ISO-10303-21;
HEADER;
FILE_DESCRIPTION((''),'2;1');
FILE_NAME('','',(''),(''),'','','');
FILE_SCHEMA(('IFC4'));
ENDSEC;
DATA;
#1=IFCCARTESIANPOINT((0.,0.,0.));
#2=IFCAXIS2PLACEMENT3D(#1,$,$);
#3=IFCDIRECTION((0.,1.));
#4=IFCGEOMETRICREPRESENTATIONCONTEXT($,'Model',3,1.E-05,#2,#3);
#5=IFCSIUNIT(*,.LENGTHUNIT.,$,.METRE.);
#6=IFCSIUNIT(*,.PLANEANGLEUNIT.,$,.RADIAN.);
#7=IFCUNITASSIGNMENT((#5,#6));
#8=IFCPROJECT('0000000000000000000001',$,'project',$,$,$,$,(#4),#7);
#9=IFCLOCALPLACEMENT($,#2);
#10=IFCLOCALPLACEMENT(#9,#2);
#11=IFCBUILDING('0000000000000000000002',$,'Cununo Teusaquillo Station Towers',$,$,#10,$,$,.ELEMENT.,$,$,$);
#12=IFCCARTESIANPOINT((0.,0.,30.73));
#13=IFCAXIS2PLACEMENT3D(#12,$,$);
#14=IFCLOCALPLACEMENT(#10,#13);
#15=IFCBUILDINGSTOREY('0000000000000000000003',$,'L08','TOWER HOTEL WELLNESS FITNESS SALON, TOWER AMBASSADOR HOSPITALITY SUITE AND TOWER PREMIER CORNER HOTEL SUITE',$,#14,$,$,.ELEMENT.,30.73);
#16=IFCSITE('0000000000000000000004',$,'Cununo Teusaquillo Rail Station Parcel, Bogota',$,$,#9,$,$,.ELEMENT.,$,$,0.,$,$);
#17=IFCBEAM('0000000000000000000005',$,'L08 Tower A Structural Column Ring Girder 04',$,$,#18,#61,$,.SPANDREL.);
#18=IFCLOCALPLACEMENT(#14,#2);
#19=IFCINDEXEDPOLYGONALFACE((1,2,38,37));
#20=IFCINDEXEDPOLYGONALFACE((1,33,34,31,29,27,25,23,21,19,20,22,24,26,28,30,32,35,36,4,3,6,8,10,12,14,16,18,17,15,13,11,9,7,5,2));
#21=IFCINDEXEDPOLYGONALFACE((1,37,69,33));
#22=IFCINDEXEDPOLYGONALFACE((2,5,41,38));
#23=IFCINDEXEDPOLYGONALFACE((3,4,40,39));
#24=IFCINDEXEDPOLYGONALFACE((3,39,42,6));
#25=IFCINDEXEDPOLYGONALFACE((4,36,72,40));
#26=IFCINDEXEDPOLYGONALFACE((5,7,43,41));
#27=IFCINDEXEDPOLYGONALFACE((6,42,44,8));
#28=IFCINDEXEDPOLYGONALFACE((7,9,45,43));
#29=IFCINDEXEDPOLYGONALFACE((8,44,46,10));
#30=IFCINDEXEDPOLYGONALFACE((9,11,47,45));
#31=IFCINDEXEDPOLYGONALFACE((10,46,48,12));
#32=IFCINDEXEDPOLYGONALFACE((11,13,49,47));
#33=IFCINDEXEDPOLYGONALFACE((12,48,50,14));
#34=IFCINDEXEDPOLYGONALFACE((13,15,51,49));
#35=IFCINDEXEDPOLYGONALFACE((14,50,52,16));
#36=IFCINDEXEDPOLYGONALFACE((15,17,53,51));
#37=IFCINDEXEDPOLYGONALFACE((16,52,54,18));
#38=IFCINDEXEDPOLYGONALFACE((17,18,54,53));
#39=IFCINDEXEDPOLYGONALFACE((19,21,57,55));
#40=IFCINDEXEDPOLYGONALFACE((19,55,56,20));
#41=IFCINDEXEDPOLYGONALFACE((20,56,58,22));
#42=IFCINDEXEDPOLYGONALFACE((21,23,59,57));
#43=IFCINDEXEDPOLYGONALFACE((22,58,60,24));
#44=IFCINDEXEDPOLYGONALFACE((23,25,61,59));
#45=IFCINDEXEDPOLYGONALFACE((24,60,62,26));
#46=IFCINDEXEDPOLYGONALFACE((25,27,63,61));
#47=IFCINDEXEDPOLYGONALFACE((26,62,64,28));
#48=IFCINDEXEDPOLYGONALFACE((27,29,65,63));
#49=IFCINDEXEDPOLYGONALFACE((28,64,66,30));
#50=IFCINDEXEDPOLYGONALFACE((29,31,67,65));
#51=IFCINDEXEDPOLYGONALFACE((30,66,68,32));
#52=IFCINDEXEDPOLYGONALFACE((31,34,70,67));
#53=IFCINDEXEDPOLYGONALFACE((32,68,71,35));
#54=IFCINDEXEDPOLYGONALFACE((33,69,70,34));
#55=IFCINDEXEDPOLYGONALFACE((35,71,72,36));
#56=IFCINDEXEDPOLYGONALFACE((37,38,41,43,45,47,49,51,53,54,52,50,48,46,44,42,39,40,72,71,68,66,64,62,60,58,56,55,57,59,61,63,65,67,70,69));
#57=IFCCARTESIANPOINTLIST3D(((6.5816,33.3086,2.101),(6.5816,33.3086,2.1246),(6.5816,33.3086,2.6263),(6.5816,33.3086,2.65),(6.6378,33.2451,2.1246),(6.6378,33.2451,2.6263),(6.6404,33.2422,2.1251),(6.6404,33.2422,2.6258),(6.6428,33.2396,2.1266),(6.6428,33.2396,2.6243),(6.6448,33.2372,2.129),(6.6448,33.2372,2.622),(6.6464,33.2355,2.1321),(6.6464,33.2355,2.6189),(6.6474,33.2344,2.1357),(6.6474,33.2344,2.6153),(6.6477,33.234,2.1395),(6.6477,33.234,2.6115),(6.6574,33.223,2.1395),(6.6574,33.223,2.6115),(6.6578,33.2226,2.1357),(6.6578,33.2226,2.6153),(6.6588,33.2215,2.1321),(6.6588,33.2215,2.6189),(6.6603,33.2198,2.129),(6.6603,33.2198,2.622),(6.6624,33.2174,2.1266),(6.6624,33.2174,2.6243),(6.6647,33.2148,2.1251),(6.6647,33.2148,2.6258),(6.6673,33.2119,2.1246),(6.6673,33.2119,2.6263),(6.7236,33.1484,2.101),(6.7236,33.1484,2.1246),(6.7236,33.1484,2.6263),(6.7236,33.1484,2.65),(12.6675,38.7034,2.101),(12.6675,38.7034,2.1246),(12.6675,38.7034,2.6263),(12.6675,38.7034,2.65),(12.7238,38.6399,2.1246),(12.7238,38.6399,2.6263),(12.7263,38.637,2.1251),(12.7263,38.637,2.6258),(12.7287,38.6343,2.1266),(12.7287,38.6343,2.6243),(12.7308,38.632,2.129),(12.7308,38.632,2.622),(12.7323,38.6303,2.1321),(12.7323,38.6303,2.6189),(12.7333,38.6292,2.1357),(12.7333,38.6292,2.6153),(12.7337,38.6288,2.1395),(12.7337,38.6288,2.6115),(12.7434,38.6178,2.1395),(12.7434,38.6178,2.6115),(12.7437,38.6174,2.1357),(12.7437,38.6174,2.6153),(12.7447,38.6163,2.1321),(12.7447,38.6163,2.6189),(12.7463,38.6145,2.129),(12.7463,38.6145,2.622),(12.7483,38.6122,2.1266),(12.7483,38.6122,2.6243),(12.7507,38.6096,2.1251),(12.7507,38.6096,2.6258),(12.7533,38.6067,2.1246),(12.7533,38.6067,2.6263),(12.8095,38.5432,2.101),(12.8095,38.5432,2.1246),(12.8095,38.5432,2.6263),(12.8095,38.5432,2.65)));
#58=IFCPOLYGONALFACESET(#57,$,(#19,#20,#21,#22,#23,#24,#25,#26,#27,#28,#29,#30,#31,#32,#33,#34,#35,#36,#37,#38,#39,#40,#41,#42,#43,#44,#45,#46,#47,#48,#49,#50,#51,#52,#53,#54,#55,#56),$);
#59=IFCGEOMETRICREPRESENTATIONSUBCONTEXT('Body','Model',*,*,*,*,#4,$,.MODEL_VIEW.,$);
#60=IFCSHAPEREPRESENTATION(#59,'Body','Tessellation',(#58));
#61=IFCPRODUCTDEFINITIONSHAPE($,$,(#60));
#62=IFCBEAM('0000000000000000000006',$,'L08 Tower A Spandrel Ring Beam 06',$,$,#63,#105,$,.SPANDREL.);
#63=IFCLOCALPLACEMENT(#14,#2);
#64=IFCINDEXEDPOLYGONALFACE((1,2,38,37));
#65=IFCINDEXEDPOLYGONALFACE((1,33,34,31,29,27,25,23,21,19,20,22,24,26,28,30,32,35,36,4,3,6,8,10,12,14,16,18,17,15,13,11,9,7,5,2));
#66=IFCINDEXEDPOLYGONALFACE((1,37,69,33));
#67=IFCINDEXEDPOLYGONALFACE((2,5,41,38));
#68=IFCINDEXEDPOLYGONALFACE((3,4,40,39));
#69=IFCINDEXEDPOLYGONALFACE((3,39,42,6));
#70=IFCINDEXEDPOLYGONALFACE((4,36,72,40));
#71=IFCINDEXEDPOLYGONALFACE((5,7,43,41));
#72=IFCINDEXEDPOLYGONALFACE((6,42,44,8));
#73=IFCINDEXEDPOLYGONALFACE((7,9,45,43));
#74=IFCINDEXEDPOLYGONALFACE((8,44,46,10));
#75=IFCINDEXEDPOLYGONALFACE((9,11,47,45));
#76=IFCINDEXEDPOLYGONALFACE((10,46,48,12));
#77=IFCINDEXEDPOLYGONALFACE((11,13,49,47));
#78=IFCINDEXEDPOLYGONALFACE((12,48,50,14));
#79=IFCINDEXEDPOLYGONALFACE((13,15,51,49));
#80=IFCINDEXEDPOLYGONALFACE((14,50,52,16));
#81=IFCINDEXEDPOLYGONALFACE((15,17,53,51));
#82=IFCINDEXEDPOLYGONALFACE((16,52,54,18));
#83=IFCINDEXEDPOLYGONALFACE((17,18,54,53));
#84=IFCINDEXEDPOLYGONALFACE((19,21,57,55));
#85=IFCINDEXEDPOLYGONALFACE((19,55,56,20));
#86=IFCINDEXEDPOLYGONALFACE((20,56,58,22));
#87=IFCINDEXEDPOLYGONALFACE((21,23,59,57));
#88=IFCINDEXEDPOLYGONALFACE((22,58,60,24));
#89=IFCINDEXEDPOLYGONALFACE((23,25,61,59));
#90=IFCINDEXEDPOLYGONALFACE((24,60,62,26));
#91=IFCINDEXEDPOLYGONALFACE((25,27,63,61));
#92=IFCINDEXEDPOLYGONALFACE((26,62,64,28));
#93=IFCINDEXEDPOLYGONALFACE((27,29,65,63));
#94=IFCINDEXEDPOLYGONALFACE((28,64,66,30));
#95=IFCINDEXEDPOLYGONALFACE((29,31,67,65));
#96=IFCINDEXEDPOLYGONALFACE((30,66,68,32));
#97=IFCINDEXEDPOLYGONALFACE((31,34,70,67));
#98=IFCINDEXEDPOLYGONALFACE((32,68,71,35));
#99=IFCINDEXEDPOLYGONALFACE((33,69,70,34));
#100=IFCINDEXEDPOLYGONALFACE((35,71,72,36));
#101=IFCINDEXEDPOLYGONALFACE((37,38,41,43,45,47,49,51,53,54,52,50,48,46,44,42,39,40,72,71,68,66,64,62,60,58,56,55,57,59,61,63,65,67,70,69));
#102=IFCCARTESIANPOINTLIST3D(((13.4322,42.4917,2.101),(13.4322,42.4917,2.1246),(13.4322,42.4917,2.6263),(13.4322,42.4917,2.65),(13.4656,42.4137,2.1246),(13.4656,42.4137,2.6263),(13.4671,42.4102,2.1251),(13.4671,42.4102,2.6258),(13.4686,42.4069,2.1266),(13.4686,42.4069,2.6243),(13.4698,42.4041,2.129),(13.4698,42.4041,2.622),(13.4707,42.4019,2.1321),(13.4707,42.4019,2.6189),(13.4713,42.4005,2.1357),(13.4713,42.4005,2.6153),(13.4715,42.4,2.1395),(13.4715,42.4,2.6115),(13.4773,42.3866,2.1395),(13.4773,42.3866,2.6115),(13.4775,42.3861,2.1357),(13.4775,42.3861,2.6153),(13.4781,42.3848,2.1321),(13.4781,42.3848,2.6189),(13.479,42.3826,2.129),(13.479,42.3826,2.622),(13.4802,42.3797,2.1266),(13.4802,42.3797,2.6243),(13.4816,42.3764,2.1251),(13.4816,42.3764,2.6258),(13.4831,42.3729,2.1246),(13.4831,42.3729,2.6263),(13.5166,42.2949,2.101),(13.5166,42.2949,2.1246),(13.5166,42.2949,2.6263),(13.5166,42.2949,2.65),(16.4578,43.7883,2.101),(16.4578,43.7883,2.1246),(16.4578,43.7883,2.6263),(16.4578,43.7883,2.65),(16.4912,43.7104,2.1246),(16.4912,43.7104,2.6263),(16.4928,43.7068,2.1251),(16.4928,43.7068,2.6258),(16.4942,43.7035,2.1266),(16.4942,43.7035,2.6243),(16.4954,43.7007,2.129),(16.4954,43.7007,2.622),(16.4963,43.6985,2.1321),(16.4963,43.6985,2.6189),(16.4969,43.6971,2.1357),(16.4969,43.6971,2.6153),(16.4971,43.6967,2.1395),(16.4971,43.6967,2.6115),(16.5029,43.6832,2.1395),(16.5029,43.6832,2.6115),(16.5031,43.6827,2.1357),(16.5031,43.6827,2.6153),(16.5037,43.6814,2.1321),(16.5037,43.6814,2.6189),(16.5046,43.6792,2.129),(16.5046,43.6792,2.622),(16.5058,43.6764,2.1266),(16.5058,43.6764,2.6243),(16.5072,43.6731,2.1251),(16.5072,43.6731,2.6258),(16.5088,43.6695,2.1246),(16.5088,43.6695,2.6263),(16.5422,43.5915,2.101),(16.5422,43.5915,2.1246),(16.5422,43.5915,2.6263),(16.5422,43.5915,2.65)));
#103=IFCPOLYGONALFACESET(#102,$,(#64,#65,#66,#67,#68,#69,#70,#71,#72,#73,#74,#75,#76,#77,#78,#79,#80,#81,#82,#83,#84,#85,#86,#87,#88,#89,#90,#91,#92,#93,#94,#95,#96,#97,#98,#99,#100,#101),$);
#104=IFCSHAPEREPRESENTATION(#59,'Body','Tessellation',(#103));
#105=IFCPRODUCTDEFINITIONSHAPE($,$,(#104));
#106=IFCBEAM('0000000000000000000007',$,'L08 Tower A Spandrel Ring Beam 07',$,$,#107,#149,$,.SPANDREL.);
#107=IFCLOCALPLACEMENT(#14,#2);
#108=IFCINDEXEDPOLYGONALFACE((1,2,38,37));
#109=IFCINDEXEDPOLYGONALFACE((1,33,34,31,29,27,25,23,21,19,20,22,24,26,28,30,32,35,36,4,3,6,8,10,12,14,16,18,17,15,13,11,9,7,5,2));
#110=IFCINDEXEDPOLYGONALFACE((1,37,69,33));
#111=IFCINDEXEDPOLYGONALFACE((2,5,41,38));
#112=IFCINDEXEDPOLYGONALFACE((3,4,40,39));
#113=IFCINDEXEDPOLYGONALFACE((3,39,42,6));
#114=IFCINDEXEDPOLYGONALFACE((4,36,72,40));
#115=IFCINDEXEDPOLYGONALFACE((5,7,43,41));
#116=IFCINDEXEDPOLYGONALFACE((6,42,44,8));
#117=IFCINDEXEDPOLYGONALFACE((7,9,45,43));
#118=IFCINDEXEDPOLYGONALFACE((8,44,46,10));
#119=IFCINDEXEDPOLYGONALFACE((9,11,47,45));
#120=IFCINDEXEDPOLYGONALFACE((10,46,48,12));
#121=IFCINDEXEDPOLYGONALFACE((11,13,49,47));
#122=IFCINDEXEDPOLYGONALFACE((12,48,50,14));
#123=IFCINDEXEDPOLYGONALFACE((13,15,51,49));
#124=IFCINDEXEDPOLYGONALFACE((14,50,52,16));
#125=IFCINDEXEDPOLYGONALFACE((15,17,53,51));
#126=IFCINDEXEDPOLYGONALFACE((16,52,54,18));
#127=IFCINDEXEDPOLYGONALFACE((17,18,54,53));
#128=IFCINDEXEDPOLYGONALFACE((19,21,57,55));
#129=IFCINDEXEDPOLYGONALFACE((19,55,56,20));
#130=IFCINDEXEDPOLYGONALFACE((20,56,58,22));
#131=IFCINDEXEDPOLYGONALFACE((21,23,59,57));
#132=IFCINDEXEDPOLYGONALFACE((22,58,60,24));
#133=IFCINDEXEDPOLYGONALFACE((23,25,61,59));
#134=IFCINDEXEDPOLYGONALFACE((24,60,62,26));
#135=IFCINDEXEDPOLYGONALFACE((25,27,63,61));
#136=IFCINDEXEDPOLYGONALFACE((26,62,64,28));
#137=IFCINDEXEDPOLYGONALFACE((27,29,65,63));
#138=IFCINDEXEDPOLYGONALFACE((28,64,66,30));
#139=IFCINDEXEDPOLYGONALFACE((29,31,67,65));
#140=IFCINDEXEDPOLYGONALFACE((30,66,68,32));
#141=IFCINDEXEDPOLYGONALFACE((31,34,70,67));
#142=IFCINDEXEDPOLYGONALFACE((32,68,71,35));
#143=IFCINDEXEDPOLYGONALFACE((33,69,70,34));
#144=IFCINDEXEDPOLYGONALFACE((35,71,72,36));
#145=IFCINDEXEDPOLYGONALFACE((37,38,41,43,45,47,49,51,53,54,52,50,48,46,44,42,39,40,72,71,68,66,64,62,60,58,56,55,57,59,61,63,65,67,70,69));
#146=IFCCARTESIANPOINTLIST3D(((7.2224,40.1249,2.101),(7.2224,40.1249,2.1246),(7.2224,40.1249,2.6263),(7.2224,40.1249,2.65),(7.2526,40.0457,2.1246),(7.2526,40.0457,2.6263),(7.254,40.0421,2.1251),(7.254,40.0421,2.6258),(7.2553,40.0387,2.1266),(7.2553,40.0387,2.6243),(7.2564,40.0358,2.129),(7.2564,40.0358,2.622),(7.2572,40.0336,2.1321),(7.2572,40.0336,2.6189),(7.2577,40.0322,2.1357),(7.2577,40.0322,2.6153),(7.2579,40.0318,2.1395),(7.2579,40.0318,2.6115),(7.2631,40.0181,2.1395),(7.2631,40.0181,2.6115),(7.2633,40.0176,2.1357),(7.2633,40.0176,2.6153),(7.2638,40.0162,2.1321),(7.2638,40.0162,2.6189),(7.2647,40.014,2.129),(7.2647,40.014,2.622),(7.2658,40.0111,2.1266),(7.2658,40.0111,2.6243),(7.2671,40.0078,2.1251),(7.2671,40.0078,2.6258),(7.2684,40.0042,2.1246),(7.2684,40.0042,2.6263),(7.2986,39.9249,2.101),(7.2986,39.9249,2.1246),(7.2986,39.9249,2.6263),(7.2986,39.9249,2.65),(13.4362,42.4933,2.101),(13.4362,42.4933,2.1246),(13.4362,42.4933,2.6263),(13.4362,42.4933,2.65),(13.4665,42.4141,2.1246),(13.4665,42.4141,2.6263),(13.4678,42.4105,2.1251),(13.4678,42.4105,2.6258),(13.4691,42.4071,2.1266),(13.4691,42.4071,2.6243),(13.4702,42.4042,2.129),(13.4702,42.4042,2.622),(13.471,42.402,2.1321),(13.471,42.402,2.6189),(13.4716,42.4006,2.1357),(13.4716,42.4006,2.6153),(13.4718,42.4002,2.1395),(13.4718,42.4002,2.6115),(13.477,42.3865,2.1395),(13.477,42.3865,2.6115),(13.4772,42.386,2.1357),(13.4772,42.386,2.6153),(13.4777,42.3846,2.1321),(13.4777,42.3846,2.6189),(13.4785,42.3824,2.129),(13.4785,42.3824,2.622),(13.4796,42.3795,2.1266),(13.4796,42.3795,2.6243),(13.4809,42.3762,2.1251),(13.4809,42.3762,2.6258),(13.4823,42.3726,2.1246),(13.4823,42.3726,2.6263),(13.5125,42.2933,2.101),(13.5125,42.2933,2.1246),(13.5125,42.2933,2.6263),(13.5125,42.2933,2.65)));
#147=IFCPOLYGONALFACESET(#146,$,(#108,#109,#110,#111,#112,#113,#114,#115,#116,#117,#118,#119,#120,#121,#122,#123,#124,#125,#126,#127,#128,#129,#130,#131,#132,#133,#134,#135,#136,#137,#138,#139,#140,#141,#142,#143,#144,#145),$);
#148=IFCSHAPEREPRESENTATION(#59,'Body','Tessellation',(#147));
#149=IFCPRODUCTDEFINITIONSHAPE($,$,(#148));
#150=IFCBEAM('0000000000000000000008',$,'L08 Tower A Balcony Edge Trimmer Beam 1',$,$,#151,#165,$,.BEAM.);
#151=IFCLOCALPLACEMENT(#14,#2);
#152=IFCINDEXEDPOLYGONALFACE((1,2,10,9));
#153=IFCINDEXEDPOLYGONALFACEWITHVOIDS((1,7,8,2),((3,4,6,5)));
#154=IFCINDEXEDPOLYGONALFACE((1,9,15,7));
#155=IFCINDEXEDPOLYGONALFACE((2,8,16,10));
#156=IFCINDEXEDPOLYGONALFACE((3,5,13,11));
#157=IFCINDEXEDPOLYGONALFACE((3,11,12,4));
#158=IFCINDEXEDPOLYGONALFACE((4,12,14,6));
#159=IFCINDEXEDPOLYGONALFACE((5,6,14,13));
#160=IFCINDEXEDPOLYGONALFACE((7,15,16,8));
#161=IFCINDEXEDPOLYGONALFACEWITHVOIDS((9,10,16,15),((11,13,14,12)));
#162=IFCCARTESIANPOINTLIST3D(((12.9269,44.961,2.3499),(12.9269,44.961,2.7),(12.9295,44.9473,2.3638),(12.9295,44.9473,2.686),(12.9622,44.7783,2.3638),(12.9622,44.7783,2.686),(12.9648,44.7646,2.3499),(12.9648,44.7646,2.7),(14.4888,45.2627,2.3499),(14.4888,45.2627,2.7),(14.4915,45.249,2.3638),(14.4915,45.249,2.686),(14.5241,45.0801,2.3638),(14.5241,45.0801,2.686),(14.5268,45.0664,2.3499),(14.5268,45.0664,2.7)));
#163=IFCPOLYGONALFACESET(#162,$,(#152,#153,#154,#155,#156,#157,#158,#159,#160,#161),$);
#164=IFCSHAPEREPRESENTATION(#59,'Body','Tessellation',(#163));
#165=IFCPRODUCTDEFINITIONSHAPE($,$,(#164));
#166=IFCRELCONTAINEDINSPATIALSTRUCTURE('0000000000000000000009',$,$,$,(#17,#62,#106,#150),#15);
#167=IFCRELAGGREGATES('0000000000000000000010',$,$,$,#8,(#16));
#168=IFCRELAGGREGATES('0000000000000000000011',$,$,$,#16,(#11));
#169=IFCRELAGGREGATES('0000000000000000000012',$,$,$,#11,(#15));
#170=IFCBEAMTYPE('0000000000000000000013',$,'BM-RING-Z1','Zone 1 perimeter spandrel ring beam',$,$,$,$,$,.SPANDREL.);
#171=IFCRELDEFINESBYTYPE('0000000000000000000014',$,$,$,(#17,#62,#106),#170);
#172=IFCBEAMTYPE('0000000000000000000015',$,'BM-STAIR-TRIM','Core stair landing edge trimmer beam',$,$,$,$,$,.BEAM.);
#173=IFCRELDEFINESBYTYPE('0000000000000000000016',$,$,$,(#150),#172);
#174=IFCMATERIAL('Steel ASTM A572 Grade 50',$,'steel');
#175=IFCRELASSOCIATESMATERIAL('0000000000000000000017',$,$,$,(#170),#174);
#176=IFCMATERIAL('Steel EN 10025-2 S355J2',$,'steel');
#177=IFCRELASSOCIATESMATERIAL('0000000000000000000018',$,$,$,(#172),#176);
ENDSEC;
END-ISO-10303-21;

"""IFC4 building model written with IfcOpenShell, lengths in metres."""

from ifc_helpers import new_model, si_unit, direction, frame, origin, origin_2d, place, context, subcontext, project, spatial, hollow_rectangle, i_section, extrude, material, material_profile, profile_set, type_object, element, save


model = new_model("IFC4")

# Units and contexts
model_context = context("Model", 3, precision=1e-05, world=origin(), true_north=direction((0.0, 1.0)))
body_context = subcontext(model_context, "Body", "Model", "MODEL_VIEW")
ifc_project = project(units=[si_unit("LENGTHUNIT", "METRE"), si_unit("PLANEANGLEUNIT", "RADIAN")], contexts=[model_context])

# Site, building, storey
site_placement = place(None, origin())
site = spatial("IfcSite", under=ifc_project, at=site_placement, Name="Cununo Teusaquillo Rail Station Parcel, Bogota", CompositionType="ELEMENT", RefElevation=0.0)
building_placement = place(site_placement, origin())
building = spatial("IfcBuilding", under=site, at=building_placement, Name="Cununo Teusaquillo Station Towers", CompositionType="ELEMENT")
storey_placement = place(building_placement, frame((0.0, 0.0, 30.73)))
storey = spatial("IfcBuildingStorey", under=building, at=storey_placement, Name="L08", Description="TOWER HOTEL WELLNESS FITNESS SALON, TOWER AMBASSADOR HOSPITALITY SUITE AND TOWER PREMIER CORNER HOTEL SUITE", CompositionType="ELEMENT", Elevation=30.73)

# Beams
ifc_material_1 = material(Name="Steel ASTM A572 Grade 50", Category="steel")
ifc_material_profile_1 = material_profile(ifc_material_1, i_section(OverallWidth=0.2141, OverallDepth=0.5491, WebThickness=0.0146, FlangeThickness=0.0237, FilletRadius=0.0149, at=origin_2d()), Name="W21X93")
ifc_profile_set_1 = profile_set([ifc_material_profile_1], Name="Steel ASTM A572 Grade 50")
beam_type_1 = type_object("IfcBeamType", Name="BM-RING-Z1", Description="Zone 1 perimeter spandrel ring beam", PredefinedType="SPANDREL", material=ifc_profile_set_1)
beam_1_placement = place(storey_placement, frame((12.7385, 38.6233, 2.3755), z_axis=(-0.748321, -0.663337, 0.0), x_axis=(0.663337, -0.748321, 0.0)))
element("IfcBeam", 1, at=beam_1_placement, inside=storey, type_object=beam_type_1, Name="L08 Tower A Structural Column Ring Girder 04", PredefinedType="SPANDREL", context=body_context, shape_type="SweptSolid", body=[
    extrude(i_section(OverallWidth=0.2141, OverallDepth=0.5491, WebThickness=0.0146, FlangeThickness=0.0237, FilletRadius=0.0149, at=origin_2d()), origin(), (0.0, 0.0, 1.0), 8.1328),
])
beam_2_placement = place(storey_placement, frame((16.5, 43.6899, 2.3755), z_axis=(-0.919153, -0.393901, 0.0), x_axis=(0.393901, -0.919153, 0.0)))
element("IfcBeam", 2, at=beam_2_placement, inside=storey, type_object=beam_type_1, Name="L08 Tower A Spandrel Ring Beam 06", PredefinedType="SPANDREL", context=body_context, shape_type="SweptSolid", body=[
    extrude(i_section(OverallWidth=0.2141, OverallDepth=0.5491, WebThickness=0.0146, FlangeThickness=0.0237, FilletRadius=0.0149, at=origin_2d()), origin(), (0.0, 0.0, 1.0), 3.2917),
])
beam_3_placement = place(storey_placement, frame((13.4744, 42.3933, 2.3755), z_axis=(-0.934427, -0.356156, 0.0), x_axis=(0.356156, -0.934427, 0.0)))
element("IfcBeam", 3, at=beam_3_placement, inside=storey, type_object=beam_type_1, Name="L08 Tower A Spandrel Ring Beam 07", PredefinedType="SPANDREL", context=body_context, shape_type="SweptSolid", body=[
    extrude(i_section(OverallWidth=0.2141, OverallDepth=0.5491, WebThickness=0.0146, FlangeThickness=0.0237, FilletRadius=0.0149, at=origin_2d()), origin(), (0.0, 0.0, 1.0), 6.6499),
])
ifc_material_2 = material(Name="Steel EN 10025-2 S355J2", Category="steel")
ifc_material_profile_2 = material_profile(ifc_material_2, hollow_rectangle(XDim=0.2, YDim=0.3501, WallThickness=0.0139, at=origin_2d()), Name="RHS 350x200x14")
ifc_profile_set_2 = profile_set([ifc_material_profile_2], Name="Steel EN 10025-2 S355J2")
beam_type_2 = type_object("IfcBeamType", Name="BM-STAIR-TRIM", Description="Core stair landing edge trimmer beam", PredefinedType="BEAM", material=ifc_profile_set_2)
beam_4_placement = place(storey_placement, frame((14.5078, 45.1646, 2.5249), z_axis=(-0.981846, -0.189678, 0.0), x_axis=(0.189678, -0.981846, 0.0)))
element("IfcBeam", 4, at=beam_4_placement, inside=storey, type_object=beam_type_2, Name="L08 Tower A Balcony Edge Trimmer Beam 1", PredefinedType="BEAM", context=body_context, shape_type="SweptSolid", body=[
    extrude(hollow_rectangle(XDim=0.2, YDim=0.3501, WallThickness=0.0139, at=origin_2d()), origin(), (0.0, 0.0, 1.0), 1.5908),
])

save(model, "model.ifc")
